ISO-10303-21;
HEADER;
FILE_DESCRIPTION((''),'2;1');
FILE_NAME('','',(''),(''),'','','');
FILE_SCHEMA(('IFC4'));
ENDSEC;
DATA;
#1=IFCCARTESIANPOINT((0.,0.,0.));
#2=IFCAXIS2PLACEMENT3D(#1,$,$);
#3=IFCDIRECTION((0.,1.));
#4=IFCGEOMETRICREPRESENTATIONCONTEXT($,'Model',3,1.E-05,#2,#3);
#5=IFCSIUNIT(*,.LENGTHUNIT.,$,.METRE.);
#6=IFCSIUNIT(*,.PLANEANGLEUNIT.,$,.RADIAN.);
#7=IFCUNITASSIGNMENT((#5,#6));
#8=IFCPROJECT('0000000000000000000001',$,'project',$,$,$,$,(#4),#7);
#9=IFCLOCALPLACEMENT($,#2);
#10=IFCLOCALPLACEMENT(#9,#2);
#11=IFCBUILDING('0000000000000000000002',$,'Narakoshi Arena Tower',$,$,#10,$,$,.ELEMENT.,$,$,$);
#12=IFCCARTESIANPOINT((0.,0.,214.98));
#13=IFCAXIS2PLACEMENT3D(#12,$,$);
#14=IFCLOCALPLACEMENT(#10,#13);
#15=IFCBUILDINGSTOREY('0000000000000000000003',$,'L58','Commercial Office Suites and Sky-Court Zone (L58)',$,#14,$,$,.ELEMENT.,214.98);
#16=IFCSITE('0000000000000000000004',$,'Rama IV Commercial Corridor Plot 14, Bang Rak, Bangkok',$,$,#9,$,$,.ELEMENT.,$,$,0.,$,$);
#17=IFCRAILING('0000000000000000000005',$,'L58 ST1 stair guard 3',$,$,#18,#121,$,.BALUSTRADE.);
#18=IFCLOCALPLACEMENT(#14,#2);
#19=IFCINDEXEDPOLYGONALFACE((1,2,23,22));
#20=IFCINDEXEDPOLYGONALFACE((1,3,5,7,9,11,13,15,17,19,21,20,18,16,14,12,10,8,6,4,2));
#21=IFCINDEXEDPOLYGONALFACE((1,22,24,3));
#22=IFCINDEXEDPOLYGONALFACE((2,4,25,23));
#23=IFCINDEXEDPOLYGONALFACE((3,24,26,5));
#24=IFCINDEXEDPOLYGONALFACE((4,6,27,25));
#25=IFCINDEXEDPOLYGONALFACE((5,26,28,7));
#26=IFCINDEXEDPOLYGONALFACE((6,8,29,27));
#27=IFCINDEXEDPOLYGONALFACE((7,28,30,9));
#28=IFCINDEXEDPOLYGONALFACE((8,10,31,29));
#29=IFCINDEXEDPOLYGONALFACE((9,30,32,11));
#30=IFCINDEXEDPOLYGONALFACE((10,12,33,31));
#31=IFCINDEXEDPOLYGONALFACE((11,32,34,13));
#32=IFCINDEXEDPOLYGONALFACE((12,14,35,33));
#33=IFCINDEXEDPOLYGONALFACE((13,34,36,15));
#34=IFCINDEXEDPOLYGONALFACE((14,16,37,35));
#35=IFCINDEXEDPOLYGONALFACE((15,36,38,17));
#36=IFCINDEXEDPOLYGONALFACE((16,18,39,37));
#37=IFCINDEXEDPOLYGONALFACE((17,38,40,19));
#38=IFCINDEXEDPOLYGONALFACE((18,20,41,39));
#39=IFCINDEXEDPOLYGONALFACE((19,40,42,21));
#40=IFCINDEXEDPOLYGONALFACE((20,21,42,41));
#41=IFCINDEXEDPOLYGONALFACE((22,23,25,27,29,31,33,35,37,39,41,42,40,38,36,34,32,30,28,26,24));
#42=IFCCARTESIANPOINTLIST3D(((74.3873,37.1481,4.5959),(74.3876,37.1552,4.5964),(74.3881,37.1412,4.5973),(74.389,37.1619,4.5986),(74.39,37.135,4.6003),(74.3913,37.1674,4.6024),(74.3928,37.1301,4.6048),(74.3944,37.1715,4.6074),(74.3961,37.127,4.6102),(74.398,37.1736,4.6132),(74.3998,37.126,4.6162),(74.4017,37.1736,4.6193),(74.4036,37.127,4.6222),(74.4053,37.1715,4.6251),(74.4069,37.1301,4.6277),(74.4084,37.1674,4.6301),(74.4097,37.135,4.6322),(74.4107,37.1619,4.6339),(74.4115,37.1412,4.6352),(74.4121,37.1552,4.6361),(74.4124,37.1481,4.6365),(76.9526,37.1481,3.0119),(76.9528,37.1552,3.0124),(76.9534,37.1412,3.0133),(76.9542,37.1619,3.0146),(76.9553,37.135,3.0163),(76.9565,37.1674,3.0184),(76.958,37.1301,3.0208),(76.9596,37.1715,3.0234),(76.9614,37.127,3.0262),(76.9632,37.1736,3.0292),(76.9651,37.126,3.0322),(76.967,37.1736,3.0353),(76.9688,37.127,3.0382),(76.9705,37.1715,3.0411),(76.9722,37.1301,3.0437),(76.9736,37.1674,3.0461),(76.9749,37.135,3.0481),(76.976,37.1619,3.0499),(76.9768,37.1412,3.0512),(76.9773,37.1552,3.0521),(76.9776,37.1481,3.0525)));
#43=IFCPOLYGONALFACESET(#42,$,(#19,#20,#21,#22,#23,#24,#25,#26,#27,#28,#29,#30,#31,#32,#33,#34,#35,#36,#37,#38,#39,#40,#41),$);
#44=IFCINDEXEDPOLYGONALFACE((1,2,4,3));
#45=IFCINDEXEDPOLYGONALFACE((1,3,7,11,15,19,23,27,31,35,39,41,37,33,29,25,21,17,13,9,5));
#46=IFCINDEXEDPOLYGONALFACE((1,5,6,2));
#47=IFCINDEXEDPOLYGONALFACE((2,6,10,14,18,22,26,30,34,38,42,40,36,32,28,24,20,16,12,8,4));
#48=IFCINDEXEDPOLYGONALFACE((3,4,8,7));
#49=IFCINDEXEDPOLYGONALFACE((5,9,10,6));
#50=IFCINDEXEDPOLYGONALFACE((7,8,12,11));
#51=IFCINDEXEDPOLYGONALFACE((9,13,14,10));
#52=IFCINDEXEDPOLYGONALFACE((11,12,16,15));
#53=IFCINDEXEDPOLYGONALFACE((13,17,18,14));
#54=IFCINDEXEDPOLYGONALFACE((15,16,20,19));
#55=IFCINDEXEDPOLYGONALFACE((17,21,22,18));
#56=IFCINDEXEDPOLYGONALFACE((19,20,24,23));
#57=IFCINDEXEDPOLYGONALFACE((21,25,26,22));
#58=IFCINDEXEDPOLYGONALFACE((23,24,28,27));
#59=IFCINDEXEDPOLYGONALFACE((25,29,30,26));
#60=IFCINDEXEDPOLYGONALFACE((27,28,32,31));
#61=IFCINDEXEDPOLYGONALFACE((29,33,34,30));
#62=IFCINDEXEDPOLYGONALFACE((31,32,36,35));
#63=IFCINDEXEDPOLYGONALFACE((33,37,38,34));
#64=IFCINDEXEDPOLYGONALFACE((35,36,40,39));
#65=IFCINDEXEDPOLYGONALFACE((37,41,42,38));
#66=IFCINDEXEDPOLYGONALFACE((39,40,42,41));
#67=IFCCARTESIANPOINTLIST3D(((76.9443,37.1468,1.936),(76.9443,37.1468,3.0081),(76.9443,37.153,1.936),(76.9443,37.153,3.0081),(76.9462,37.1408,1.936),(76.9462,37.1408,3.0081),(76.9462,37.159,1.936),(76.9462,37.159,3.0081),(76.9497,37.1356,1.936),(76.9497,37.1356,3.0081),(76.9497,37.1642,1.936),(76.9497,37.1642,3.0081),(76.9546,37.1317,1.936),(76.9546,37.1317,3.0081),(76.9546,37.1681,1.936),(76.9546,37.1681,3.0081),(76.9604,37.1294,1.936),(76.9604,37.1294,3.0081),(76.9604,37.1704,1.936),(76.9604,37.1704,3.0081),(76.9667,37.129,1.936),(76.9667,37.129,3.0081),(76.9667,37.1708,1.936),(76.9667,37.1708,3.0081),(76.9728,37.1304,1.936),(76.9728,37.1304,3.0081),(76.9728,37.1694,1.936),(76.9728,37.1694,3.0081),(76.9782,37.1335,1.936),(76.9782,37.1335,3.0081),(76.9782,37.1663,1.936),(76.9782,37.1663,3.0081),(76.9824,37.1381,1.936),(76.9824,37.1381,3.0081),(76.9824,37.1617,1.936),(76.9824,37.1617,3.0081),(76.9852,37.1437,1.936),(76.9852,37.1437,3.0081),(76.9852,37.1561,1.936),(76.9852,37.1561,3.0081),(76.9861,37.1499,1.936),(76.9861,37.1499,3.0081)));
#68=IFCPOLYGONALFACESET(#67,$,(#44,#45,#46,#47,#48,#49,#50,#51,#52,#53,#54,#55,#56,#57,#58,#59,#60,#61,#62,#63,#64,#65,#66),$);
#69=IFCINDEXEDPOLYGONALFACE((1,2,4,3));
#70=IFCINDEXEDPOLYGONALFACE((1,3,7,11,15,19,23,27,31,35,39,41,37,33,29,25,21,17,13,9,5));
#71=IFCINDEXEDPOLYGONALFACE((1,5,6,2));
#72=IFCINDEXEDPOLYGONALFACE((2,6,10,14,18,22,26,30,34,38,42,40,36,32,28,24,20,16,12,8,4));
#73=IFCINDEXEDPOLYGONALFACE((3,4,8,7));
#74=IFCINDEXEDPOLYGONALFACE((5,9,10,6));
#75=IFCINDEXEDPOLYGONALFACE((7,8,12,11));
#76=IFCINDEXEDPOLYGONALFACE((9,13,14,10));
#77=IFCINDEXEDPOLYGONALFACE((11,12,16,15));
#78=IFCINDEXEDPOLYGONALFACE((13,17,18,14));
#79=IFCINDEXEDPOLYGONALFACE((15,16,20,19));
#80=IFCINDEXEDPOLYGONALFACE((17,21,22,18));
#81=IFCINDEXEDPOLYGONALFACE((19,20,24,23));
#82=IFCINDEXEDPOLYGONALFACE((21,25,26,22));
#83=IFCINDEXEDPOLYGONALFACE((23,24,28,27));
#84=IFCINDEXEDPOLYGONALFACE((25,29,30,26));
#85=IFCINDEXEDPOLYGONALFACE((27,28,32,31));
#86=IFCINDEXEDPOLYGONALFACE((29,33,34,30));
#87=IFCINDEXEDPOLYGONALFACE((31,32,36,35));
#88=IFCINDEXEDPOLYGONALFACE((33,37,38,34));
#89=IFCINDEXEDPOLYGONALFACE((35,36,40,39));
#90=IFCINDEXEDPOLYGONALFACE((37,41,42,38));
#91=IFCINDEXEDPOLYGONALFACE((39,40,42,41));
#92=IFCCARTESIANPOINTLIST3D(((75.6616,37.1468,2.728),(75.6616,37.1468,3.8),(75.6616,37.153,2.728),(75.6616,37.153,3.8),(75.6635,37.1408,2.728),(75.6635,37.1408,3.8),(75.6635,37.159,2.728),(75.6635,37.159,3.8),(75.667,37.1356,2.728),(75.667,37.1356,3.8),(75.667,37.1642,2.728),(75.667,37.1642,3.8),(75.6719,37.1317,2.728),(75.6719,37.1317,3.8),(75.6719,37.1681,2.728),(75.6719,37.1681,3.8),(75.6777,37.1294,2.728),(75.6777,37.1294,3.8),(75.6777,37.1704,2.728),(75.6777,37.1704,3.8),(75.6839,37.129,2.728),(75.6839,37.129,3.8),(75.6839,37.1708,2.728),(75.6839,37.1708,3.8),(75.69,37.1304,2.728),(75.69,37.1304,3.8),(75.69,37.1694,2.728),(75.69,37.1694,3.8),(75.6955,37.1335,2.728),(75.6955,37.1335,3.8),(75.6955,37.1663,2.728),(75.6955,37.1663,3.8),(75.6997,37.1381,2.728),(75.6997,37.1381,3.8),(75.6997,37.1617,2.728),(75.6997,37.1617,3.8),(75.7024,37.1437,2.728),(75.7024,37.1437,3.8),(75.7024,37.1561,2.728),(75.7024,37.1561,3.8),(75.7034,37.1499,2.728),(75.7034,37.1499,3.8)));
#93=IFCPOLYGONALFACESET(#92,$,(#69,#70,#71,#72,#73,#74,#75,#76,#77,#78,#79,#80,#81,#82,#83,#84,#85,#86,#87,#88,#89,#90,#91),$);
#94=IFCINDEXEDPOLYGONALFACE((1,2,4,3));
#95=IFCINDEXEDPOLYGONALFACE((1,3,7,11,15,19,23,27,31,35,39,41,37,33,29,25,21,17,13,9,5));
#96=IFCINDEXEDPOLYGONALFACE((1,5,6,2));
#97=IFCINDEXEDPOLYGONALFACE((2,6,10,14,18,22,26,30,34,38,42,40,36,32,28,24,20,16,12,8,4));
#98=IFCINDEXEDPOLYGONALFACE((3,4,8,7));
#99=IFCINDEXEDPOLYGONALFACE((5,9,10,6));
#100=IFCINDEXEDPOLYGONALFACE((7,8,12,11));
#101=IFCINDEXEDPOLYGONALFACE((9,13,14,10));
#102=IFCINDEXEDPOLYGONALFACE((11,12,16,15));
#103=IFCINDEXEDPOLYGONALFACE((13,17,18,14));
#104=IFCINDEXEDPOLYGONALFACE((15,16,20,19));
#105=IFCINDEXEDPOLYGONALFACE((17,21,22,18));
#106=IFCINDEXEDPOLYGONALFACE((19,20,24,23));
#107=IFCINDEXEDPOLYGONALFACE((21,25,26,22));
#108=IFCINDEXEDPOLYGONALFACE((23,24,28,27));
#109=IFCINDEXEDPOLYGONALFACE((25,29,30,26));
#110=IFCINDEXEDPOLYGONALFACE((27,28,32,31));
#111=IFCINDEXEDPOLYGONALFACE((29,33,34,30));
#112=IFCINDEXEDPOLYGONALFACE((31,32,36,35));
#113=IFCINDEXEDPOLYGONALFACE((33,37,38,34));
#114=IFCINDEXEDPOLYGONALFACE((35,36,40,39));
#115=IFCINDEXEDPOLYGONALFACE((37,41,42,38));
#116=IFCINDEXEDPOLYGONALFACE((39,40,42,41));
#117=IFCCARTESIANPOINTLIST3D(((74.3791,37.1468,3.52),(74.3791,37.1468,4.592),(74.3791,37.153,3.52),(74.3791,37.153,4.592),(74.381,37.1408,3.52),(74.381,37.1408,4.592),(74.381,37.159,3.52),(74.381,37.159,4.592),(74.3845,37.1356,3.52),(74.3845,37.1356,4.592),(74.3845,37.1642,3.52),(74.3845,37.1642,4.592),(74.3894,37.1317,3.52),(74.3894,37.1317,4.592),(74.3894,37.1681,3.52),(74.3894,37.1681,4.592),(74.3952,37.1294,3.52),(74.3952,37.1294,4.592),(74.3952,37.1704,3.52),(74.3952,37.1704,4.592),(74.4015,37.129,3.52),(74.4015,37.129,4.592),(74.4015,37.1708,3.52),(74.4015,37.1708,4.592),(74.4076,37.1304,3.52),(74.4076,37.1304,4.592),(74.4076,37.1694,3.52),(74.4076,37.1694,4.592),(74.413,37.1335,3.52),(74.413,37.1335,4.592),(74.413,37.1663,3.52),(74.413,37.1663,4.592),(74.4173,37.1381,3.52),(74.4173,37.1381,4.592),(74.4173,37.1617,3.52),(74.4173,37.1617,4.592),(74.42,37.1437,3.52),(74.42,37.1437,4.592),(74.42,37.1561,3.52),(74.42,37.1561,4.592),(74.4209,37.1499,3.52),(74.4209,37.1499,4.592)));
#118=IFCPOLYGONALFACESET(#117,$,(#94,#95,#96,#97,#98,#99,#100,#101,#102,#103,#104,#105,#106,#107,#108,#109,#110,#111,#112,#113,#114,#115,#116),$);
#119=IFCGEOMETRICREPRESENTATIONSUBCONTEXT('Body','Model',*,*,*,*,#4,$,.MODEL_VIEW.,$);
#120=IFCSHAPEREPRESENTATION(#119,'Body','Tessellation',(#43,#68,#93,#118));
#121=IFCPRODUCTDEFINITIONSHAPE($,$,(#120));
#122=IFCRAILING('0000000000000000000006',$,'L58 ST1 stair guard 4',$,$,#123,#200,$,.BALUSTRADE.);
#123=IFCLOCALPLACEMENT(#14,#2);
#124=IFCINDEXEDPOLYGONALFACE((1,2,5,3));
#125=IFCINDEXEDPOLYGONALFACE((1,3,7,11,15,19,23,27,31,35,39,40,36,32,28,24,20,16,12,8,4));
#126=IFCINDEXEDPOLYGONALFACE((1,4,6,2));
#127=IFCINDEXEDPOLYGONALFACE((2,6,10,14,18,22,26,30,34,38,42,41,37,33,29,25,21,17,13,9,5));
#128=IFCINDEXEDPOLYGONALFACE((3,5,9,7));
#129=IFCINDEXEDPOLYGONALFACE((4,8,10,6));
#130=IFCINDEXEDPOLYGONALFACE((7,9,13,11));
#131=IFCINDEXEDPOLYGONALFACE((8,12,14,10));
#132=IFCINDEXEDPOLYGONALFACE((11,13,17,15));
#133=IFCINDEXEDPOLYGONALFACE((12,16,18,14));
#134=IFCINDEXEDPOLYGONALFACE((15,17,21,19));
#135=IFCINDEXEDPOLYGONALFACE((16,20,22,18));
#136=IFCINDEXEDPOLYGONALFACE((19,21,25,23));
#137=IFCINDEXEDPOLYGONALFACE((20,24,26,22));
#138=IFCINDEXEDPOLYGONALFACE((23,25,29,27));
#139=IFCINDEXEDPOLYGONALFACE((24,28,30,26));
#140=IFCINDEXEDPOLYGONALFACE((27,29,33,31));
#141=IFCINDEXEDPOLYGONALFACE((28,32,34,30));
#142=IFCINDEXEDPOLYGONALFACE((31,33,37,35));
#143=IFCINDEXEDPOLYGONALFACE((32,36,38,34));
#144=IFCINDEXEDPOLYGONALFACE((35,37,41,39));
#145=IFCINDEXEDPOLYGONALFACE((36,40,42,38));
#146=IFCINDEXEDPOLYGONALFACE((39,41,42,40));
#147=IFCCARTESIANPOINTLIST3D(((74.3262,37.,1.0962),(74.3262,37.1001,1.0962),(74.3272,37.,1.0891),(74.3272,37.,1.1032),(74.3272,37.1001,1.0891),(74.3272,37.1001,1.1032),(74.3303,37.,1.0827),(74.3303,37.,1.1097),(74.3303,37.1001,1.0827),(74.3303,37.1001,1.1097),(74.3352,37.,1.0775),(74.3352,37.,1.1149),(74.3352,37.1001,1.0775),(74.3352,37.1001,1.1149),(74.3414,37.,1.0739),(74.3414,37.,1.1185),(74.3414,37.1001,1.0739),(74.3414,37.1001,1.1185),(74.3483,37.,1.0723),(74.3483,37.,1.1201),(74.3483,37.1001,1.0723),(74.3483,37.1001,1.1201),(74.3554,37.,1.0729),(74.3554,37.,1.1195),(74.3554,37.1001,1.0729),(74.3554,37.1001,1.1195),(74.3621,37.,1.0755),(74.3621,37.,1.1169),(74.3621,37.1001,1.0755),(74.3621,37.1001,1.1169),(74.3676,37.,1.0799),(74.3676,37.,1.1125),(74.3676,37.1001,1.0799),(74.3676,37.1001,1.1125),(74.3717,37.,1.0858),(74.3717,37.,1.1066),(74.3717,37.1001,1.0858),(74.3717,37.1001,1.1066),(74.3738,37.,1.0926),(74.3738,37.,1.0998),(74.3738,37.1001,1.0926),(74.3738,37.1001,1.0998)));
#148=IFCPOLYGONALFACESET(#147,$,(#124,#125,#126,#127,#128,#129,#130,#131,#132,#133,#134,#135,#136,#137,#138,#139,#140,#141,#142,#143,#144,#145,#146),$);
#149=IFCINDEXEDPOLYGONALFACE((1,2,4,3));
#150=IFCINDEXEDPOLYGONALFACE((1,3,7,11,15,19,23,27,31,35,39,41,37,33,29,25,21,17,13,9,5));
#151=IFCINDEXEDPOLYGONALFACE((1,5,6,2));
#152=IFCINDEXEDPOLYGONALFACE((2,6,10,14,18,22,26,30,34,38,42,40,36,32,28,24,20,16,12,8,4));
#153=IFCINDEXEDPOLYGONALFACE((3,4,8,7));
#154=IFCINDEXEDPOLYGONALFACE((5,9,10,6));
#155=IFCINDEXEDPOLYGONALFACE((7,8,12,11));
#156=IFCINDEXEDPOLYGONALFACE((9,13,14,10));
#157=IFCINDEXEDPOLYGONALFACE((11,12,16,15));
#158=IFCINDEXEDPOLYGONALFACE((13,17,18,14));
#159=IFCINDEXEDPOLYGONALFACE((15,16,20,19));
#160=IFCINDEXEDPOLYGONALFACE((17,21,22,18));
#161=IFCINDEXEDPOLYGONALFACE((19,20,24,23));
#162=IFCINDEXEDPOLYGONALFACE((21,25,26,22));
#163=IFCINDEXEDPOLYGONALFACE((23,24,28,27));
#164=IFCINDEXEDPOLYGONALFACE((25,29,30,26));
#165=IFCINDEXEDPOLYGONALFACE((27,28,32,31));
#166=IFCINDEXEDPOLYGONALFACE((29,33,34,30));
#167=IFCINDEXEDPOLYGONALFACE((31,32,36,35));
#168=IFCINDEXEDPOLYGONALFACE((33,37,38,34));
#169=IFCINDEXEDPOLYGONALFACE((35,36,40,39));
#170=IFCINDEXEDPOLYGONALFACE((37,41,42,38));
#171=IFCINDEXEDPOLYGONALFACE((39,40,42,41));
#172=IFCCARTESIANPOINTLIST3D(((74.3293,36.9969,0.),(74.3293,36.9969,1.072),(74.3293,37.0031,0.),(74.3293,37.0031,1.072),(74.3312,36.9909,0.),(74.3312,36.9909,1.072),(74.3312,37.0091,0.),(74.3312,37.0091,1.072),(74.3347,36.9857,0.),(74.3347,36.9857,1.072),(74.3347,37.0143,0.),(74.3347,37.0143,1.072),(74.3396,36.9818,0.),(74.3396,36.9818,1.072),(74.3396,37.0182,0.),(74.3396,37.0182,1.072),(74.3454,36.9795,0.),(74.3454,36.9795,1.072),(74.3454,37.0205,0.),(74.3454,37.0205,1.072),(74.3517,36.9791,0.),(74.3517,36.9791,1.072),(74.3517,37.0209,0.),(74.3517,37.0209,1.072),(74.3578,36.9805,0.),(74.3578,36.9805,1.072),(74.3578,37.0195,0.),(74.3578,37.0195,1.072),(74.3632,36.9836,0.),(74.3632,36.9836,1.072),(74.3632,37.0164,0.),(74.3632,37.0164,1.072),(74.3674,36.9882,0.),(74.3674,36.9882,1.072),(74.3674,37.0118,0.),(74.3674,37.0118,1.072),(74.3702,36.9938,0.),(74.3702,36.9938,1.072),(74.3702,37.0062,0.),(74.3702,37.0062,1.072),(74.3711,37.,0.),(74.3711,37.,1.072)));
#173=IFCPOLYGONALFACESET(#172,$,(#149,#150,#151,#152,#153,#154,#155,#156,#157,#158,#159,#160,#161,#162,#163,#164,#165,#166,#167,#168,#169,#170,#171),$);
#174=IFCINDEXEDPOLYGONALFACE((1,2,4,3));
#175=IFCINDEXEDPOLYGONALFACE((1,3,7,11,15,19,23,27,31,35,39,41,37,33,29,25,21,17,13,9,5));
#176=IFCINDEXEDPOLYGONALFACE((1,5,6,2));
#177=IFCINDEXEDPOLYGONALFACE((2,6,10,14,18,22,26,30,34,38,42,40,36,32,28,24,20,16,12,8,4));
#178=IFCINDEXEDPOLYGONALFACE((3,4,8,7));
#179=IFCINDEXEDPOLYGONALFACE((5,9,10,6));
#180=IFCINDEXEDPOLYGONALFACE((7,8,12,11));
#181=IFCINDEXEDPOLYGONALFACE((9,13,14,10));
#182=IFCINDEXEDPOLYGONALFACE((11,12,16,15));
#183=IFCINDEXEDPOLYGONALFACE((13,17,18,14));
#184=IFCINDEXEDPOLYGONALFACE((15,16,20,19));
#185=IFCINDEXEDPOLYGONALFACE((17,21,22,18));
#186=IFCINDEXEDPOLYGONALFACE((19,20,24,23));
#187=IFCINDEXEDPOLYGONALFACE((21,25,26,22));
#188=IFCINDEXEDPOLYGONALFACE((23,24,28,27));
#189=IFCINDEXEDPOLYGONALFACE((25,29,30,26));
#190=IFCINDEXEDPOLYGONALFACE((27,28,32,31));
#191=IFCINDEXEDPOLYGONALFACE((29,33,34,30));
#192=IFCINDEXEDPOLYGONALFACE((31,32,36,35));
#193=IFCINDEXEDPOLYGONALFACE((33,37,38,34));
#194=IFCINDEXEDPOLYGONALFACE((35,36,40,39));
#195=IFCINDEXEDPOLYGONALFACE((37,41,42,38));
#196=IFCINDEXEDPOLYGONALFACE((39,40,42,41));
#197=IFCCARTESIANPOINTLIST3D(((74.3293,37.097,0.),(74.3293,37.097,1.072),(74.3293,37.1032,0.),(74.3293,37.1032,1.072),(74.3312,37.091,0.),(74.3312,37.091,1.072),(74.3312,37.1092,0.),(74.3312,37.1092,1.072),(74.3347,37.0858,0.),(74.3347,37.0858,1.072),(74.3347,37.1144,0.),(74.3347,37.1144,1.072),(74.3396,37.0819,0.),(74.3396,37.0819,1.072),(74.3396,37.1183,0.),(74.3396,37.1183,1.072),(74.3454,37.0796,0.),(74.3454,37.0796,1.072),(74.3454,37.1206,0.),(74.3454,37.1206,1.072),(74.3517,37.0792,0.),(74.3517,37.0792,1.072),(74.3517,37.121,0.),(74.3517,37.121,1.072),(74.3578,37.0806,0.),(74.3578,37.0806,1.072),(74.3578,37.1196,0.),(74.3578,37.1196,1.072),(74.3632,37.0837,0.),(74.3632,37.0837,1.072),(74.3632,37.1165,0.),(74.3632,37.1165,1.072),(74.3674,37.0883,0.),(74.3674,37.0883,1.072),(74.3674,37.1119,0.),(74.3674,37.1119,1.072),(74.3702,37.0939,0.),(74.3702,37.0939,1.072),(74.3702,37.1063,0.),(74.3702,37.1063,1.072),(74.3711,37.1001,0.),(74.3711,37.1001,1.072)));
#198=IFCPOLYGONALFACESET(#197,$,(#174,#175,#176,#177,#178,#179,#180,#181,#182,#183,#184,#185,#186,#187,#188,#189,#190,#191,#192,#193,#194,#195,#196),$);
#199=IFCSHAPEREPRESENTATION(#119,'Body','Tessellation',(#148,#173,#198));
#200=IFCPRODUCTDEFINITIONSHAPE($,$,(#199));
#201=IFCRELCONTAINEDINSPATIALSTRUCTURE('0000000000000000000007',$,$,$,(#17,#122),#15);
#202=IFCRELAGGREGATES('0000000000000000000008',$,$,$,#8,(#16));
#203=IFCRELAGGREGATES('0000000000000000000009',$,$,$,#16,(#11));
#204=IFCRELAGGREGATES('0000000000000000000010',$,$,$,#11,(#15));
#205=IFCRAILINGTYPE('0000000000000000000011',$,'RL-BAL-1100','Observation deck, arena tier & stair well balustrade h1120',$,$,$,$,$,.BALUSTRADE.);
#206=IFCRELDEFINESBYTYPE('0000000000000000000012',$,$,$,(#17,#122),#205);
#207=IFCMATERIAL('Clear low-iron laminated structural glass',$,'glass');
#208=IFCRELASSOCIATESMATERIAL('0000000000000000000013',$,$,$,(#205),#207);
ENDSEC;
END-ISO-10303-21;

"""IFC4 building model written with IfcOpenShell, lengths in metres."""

from ifc_helpers import new_model, si_unit, direction, frame, origin, origin_2d, place, context, subcontext, project, spatial, circle, extrude, material, type_object, element, save


model = new_model("IFC4")

# Units and contexts
model_context = context("Model", 3, precision=1e-05, world=origin(), true_north=direction((0.0, 1.0)))
body_context = subcontext(model_context, "Body", "Model", "MODEL_VIEW")
ifc_project = project(units=[si_unit("LENGTHUNIT", "METRE"), si_unit("PLANEANGLEUNIT", "RADIAN")], contexts=[model_context])

# Site, building, storey
site_placement = place(None, origin())
site = spatial("IfcSite", under=ifc_project, at=site_placement, Name="Rama IV Commercial Corridor Plot 14, Bang Rak, Bangkok", CompositionType="ELEMENT", RefElevation=0.0)
building_placement = place(site_placement, origin())
building = spatial("IfcBuilding", under=site, at=building_placement, Name="Narakoshi Arena Tower", CompositionType="ELEMENT")
storey_placement = place(building_placement, frame((0.0, 0.0, 214.98)))
storey = spatial("IfcBuildingStorey", under=building, at=storey_placement, Name="L58", Description="Commercial Office Suites and Sky-Court Zone (L58)", CompositionType="ELEMENT", Elevation=214.98)

# Railings
ifc_material_1 = material(Name="Clear low-iron laminated structural glass", Category="glass")
railing_type_1 = type_object("IfcRailingType", Name="RL-BAL-1100", Description="Observation deck, arena tier & stair well balustrade h1120", PredefinedType="BALUSTRADE", material=ifc_material_1)
railing_1_placement = place(storey_placement, frame((76.9651, 37.1499, 1.936)))
element("IfcRailing", 1, at=railing_1_placement, inside=storey, type_object=railing_type_1, Name="L58 ST1 stair guard 3", PredefinedType="BALUSTRADE", context=body_context, shape_type="SweptSolid", body=[
    extrude(circle(Radius=0.0239, at=origin_2d()), frame((0.0, 0.0, 1.0962), z_axis=(-0.850857, 0.0, 0.525398), x_axis=(0.0, -1.0, 0.0)), (0.0, 0.0, 1.0), 3.0149),
    extrude(circle(Radius=0.021, at=origin_2d()), origin(), (0.0, 0.0, 1.0), 1.072),
    extrude(circle(Radius=0.021, at=origin_2d()), frame((-1.2827, 0.0, 0.792)), (0.0, 0.0, 1.0), 1.072),
    extrude(circle(Radius=0.021, at=origin_2d()), frame((-2.5652, 0.0, 1.584)), (0.0, 0.0, 1.0), 1.072),
])
railing_2_placement = place(storey_placement, frame((74.3501, 37.0, 0.0)))
element("IfcRailing", 2, at=railing_2_placement, inside=storey, type_object=railing_type_1, Name="L58 ST1 stair guard 4", PredefinedType="BALUSTRADE", context=body_context, shape_type="SweptSolid", body=[
    extrude(circle(Radius=0.0239, at=origin_2d()), frame((0.0, 0.0, 1.0962), z_axis=(0.0, 1.0, 0.0), x_axis=(-1.0, 0.0, 0.0)), (0.0, 0.0, 1.0), 0.1001),
    extrude(circle(Radius=0.021, at=origin_2d()), origin(), (0.0, 0.0, 1.0), 1.072),
    extrude(circle(Radius=0.021, at=origin_2d()), frame((0.0, 0.1001, 0.0)), (0.0, 0.0, 1.0), 1.072),
])

save(model, "model.ifc")
